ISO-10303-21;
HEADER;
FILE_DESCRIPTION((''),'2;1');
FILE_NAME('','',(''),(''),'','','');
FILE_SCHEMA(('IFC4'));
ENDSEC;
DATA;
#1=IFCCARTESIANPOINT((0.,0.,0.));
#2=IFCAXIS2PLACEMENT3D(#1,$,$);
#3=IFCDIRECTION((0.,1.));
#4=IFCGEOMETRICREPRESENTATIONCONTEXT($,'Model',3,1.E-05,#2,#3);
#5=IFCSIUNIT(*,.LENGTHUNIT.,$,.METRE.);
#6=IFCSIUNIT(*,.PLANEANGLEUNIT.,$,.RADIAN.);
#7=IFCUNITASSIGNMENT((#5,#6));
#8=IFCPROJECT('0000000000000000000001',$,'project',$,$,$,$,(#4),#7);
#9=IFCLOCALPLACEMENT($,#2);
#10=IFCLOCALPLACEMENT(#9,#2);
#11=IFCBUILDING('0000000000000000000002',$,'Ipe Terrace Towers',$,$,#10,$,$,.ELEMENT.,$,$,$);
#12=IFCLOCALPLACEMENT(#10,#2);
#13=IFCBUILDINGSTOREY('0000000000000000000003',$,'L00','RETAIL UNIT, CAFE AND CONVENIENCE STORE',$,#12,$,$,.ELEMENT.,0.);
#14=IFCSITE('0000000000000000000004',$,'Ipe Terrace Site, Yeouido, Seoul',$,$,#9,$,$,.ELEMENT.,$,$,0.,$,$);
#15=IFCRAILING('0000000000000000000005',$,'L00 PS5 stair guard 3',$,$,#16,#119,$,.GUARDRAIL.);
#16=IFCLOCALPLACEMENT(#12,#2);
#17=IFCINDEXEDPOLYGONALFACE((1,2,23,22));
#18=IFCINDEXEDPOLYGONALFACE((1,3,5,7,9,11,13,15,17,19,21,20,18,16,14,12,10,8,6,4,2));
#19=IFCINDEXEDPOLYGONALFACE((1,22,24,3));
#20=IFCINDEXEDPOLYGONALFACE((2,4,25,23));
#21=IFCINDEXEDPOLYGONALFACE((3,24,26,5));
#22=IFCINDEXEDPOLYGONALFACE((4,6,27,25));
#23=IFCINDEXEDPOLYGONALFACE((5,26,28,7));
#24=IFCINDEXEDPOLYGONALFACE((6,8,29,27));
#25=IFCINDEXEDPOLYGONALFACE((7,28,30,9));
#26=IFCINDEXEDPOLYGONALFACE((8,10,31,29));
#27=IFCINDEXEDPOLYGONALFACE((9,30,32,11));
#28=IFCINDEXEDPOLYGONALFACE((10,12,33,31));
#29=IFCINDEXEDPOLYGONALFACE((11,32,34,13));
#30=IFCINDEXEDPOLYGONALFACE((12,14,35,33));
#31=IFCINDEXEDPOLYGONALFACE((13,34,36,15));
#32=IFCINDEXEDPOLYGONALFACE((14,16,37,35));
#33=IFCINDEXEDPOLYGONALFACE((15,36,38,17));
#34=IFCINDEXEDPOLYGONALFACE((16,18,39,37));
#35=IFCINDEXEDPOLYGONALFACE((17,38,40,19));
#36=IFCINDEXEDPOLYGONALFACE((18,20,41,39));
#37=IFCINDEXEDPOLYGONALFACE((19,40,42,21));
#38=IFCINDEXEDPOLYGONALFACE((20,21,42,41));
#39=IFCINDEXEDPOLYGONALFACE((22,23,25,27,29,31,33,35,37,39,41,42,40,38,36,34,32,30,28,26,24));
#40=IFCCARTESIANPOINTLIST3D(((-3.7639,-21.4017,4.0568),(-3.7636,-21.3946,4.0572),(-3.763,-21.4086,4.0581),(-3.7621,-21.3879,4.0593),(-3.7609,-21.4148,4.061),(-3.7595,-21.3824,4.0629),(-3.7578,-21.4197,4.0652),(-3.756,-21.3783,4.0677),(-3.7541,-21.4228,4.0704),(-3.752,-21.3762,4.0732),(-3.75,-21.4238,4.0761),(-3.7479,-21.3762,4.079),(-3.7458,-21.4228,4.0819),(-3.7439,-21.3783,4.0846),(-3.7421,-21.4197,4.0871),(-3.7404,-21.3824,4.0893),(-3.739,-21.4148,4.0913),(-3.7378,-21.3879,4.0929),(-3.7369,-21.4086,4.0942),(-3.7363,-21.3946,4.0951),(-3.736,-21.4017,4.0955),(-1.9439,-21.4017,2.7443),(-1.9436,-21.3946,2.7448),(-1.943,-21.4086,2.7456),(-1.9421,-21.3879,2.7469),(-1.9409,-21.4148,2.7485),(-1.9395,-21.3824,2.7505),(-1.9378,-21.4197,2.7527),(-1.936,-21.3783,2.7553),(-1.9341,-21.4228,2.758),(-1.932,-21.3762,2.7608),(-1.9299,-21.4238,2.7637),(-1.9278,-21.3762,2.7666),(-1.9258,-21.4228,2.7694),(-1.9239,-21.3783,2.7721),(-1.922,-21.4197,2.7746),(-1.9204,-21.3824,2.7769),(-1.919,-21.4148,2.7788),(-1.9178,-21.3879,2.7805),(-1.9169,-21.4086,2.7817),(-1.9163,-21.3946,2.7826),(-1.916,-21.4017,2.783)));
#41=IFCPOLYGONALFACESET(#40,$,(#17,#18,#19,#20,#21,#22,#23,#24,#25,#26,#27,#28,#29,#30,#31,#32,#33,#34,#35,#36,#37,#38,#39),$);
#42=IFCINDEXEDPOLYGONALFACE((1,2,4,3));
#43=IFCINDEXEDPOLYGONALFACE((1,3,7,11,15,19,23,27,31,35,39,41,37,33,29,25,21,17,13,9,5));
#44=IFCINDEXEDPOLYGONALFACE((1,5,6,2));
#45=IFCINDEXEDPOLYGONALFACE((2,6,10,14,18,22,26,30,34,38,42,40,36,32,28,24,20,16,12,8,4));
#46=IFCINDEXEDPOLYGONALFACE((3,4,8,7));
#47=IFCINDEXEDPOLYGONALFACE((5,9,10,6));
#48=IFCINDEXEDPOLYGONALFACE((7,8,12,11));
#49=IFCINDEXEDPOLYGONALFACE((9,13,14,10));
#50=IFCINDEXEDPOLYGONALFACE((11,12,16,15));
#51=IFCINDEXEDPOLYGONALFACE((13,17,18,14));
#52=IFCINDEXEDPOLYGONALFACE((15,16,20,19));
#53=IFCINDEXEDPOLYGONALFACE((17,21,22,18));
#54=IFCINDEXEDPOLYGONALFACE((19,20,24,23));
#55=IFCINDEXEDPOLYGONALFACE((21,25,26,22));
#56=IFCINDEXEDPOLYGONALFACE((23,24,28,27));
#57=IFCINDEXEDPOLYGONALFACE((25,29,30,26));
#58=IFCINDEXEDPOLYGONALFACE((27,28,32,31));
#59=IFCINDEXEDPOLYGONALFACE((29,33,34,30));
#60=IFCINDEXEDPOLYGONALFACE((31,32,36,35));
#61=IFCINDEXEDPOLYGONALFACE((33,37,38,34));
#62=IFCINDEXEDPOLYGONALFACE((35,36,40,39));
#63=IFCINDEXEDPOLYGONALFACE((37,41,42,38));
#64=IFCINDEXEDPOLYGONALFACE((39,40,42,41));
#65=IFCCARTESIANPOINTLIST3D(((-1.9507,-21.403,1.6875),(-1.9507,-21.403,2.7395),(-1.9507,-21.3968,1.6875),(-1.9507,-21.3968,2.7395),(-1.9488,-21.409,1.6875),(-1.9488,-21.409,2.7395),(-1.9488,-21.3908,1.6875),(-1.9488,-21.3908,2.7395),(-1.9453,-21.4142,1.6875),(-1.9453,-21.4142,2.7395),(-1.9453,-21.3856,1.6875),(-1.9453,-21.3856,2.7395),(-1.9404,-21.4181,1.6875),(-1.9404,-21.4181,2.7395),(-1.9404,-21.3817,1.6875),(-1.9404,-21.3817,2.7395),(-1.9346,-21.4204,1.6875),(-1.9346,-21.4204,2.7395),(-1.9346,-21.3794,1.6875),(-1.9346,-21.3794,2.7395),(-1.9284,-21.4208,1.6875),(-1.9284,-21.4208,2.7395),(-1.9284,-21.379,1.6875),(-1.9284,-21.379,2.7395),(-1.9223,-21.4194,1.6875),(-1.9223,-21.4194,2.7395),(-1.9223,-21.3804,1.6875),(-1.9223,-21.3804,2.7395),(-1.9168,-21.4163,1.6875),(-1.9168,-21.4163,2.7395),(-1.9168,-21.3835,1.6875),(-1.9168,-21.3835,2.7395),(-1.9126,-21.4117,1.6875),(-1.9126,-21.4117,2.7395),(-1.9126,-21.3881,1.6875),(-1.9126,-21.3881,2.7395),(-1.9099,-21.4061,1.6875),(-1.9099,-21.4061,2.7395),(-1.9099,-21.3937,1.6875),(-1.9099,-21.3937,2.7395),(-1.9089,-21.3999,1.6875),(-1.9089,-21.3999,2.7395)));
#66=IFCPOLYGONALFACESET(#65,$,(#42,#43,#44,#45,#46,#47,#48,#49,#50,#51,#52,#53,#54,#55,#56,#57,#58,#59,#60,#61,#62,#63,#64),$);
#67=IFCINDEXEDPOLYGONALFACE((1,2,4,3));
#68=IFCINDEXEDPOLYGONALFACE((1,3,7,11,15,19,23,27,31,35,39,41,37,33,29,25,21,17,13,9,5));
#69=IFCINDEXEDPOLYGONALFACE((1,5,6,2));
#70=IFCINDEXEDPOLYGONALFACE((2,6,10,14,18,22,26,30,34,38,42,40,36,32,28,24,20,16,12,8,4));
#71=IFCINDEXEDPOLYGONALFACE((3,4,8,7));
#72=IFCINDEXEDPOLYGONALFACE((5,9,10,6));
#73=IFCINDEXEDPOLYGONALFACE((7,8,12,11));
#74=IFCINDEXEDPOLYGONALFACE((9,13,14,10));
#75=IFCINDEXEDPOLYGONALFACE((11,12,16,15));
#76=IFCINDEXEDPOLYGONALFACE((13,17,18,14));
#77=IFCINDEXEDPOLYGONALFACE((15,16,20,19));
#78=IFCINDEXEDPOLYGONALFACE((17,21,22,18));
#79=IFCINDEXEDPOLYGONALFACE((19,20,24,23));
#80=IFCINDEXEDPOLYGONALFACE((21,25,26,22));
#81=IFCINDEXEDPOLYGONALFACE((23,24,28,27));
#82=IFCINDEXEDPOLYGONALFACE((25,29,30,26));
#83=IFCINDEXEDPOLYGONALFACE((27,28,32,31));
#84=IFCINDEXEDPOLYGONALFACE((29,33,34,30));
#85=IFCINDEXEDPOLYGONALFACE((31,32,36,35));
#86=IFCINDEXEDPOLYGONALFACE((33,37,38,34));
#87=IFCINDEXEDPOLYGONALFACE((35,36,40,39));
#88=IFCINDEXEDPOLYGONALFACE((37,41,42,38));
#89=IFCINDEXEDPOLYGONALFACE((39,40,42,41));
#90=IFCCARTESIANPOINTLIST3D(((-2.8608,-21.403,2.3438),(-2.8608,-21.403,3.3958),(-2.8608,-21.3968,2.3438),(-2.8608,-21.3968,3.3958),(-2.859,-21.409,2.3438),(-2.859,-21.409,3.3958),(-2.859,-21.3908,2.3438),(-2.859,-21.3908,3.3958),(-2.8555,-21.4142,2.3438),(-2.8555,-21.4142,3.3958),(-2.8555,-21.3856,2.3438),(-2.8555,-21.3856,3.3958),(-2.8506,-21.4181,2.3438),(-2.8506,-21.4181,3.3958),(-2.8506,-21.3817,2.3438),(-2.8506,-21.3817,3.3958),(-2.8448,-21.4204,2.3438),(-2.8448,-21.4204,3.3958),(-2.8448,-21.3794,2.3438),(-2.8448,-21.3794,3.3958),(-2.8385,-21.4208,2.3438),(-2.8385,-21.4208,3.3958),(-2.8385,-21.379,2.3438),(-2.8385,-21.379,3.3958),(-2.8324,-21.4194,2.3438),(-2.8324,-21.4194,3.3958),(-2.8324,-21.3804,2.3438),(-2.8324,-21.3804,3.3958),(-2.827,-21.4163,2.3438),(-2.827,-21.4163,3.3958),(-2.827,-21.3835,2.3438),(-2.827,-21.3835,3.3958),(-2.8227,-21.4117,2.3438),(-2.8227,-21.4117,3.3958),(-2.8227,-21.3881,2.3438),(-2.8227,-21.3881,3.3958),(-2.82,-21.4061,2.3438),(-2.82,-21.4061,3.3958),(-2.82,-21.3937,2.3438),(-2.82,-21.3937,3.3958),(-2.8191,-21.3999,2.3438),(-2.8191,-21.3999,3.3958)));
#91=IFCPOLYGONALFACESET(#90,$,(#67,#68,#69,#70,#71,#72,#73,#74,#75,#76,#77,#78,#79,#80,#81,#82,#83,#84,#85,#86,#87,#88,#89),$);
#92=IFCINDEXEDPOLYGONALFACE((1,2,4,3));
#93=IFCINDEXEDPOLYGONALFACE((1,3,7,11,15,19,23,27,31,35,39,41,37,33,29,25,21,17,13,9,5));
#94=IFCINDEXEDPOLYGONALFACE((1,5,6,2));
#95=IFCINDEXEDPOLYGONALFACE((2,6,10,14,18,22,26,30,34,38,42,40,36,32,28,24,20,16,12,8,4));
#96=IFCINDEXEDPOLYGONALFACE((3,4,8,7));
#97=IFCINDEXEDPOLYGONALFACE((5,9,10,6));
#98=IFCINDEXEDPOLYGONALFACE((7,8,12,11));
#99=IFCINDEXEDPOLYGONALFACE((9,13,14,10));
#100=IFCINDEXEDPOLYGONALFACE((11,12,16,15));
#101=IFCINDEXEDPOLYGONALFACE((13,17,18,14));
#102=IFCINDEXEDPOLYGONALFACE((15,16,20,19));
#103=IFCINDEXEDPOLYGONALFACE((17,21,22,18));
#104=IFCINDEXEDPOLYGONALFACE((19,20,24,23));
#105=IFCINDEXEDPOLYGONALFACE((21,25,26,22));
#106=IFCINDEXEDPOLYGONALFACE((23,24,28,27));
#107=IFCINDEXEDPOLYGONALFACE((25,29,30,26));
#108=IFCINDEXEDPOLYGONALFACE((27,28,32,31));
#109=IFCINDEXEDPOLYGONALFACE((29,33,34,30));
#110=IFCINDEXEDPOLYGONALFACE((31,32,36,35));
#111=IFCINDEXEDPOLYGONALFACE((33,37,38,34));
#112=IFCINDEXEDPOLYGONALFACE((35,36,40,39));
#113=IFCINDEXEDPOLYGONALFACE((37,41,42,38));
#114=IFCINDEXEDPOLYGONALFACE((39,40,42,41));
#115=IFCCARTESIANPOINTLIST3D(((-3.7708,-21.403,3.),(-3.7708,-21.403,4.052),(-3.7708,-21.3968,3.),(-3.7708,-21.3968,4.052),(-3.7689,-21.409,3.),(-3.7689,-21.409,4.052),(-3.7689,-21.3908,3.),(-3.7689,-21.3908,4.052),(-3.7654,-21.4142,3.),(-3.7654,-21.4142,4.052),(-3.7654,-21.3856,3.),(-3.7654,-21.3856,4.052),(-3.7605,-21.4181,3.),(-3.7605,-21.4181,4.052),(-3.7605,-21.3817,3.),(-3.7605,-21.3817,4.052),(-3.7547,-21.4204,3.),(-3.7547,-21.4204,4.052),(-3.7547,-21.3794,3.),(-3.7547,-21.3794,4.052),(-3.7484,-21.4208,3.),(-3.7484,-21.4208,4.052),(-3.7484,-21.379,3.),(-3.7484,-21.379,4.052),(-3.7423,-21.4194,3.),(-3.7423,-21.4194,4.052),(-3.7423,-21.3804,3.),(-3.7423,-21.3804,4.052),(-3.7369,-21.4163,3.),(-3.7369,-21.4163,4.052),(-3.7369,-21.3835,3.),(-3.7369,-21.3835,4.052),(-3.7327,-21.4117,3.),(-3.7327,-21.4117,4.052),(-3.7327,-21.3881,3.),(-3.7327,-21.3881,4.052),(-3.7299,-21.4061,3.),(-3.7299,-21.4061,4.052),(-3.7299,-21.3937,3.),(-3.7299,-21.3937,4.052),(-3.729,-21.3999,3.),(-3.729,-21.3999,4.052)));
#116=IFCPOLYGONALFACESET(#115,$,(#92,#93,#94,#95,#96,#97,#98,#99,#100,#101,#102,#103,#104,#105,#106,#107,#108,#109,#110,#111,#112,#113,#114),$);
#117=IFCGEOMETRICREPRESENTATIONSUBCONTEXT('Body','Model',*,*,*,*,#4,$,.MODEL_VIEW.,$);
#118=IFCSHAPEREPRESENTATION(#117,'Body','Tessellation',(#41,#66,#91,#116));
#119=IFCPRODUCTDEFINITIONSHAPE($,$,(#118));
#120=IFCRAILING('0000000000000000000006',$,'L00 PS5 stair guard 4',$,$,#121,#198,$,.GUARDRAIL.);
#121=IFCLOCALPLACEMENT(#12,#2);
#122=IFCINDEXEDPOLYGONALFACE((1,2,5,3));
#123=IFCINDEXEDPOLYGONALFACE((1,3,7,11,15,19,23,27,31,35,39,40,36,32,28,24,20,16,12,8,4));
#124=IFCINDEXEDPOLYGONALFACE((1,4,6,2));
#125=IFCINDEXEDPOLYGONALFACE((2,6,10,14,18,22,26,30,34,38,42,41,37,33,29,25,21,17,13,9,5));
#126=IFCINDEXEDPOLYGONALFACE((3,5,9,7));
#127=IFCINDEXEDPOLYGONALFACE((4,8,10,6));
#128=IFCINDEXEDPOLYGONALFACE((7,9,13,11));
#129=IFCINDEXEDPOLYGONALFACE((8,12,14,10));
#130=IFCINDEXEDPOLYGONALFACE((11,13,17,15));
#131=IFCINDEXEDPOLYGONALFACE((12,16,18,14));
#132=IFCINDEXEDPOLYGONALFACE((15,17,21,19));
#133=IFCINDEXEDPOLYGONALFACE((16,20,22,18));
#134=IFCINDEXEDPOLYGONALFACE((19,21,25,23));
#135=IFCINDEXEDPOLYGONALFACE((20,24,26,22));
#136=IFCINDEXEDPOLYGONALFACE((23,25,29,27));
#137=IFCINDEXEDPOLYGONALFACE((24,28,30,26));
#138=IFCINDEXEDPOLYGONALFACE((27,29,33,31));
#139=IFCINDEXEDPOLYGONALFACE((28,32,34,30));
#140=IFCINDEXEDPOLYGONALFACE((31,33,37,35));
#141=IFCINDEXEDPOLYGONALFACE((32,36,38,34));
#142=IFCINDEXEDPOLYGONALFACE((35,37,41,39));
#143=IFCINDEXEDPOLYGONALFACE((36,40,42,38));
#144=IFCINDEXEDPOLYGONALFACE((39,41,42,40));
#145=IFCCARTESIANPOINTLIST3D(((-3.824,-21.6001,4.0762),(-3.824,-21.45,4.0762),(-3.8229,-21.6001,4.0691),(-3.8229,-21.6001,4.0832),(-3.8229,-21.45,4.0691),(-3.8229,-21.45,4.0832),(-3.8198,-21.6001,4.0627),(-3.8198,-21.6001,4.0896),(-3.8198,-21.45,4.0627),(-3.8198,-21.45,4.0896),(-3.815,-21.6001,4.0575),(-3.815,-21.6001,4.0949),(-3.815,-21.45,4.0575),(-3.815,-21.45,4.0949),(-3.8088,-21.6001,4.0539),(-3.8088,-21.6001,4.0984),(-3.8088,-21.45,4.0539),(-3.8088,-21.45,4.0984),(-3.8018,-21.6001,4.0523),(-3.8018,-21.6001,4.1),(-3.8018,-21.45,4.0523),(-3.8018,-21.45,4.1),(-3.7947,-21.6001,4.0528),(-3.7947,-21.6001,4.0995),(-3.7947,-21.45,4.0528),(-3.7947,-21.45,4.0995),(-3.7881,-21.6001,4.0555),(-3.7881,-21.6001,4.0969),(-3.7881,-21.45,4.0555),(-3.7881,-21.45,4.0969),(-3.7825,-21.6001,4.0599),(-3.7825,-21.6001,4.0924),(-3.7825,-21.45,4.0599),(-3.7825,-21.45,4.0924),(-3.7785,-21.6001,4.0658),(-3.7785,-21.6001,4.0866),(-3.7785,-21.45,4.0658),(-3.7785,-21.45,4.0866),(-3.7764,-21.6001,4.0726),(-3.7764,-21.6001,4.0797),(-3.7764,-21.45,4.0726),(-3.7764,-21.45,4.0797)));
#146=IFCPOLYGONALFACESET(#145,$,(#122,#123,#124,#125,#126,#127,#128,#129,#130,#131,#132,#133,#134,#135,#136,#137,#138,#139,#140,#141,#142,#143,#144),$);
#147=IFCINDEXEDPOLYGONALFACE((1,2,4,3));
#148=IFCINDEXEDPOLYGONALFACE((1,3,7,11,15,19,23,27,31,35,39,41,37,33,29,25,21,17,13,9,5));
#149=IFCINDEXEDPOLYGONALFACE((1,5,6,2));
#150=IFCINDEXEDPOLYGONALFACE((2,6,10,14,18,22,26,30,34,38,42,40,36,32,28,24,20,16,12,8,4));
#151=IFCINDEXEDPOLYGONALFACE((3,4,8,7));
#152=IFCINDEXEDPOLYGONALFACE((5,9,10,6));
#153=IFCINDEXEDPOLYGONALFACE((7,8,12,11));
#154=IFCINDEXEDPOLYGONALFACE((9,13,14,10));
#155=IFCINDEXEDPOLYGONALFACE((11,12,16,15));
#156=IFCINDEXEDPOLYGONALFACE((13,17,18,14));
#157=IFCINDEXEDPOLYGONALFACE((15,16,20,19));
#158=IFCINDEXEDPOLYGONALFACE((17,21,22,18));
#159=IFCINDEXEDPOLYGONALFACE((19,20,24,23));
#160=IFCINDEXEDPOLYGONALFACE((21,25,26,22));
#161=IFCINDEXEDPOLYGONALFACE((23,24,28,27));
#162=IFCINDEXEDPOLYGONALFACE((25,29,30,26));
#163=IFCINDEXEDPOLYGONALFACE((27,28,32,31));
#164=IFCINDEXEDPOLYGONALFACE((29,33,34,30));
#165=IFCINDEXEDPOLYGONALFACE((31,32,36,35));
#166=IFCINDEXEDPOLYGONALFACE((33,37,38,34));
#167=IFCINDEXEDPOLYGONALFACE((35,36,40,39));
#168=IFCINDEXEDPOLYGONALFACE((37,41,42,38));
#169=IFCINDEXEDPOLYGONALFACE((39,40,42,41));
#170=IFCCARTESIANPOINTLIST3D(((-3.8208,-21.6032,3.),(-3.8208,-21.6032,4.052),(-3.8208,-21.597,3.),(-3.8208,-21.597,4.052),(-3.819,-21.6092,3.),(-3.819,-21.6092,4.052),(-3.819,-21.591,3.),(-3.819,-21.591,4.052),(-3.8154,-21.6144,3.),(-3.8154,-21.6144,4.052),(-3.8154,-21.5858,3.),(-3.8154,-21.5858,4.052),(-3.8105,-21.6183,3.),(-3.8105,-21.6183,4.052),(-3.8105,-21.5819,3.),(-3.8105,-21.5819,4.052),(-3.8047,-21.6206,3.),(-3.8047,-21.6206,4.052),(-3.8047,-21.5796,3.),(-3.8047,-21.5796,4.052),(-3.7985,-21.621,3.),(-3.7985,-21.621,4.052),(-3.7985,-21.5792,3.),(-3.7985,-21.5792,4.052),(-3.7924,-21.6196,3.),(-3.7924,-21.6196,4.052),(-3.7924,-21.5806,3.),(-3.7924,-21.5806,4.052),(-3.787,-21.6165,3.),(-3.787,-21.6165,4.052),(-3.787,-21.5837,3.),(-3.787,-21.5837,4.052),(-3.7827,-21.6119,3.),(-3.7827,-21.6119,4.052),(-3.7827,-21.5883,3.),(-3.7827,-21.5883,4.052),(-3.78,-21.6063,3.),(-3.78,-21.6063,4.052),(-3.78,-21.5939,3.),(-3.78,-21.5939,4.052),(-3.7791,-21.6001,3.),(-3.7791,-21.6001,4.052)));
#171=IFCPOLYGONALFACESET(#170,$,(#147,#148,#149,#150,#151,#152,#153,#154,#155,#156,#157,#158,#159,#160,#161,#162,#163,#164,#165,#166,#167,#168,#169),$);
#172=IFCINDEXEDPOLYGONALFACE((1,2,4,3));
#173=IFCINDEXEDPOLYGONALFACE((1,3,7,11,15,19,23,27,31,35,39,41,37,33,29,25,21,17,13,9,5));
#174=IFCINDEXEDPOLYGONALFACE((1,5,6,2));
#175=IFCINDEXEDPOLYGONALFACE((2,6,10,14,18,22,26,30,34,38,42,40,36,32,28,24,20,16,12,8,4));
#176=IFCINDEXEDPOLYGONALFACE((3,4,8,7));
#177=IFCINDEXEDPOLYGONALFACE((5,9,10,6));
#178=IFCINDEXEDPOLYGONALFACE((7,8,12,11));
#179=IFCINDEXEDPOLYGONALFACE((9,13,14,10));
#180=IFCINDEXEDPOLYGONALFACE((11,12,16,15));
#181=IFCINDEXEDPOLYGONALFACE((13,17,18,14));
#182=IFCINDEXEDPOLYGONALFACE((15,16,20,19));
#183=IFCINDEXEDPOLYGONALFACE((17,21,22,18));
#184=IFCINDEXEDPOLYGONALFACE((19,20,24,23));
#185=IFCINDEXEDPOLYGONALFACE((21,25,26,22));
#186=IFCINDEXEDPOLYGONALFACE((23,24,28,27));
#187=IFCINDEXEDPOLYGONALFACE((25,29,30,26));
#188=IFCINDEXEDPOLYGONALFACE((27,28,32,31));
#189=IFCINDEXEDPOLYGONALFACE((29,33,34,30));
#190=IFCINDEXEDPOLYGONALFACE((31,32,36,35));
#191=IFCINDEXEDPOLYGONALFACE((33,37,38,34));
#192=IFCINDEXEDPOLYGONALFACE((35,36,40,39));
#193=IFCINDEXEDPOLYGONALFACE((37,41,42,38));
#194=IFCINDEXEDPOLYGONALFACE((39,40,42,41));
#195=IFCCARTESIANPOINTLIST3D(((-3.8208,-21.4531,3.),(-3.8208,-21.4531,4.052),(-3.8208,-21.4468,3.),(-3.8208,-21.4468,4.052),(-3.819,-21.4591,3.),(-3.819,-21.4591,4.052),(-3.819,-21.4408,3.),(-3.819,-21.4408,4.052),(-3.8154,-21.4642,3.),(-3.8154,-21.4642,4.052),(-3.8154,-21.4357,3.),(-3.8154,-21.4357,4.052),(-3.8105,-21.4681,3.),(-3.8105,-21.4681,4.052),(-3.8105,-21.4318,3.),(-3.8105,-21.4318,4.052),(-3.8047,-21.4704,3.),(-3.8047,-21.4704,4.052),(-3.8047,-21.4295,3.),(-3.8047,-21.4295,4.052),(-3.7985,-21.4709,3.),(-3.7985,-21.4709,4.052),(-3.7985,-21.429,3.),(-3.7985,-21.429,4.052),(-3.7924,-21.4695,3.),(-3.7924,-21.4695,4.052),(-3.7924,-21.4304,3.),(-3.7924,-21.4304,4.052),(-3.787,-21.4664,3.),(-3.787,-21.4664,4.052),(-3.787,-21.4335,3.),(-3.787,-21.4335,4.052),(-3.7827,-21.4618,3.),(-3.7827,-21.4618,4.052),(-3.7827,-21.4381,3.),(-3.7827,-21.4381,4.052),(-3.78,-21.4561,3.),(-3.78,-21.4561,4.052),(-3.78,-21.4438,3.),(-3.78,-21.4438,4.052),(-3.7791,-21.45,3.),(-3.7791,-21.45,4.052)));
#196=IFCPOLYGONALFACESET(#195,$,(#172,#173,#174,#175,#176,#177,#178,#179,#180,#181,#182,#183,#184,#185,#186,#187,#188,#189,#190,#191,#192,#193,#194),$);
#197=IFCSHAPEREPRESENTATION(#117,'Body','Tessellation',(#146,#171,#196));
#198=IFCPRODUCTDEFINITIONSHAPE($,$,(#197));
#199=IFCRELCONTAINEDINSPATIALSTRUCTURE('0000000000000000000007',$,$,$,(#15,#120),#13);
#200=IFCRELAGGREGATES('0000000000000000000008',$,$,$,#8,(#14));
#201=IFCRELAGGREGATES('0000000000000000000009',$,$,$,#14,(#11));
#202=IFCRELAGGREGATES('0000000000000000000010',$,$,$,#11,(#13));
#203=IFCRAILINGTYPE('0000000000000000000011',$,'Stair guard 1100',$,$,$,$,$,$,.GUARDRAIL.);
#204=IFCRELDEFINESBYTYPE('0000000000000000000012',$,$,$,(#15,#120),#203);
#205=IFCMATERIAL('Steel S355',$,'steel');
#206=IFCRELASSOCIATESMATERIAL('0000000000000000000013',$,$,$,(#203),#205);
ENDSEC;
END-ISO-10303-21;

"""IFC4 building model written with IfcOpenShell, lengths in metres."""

from ifc_helpers import new_model, si_unit, direction, frame, origin, origin_2d, place, context, subcontext, project, spatial, circle, extrude, material, type_object, element, save


model = new_model("IFC4")

# Units and contexts
model_context = context("Model", 3, precision=1e-05, world=origin(), true_north=direction((0.0, 1.0)))
body_context = subcontext(model_context, "Body", "Model", "MODEL_VIEW")
ifc_project = project(units=[si_unit("LENGTHUNIT", "METRE"), si_unit("PLANEANGLEUNIT", "RADIAN")], contexts=[model_context])

# Site, building, storey
site_placement = place(None, origin())
site = spatial("IfcSite", under=ifc_project, at=site_placement, Name="Ipe Terrace Site, Yeouido, Seoul", CompositionType="ELEMENT", RefElevation=0.0)
building_placement = place(site_placement, origin())
building = spatial("IfcBuilding", under=site, at=building_placement, Name="Ipe Terrace Towers", CompositionType="ELEMENT")
storey_placement = place(building_placement, origin())
storey = spatial("IfcBuildingStorey", under=building, at=storey_placement, Name="L00", Description="RETAIL UNIT, CAFE AND CONVENIENCE STORE", CompositionType="ELEMENT", Elevation=0.0)

# Railings
ifc_material_1 = material(Name="Steel S355", Category="steel")
railing_type_1 = type_object("IfcRailingType", Name="Stair guard 1100", PredefinedType="GUARDRAIL", material=ifc_material_1)
railing_1_placement = place(storey_placement, frame((-1.9299, -21.3999, 1.6875)))
element("IfcRailing", 1, at=railing_1_placement, inside=storey, type_object=railing_type_1, Name="L00 PS5 stair guard 3", PredefinedType="GUARDRAIL", context=body_context, shape_type="SweptSolid", body=[
    extrude(circle(Radius=0.0239, at=origin_2d()), frame((0.0, 0.0, 1.0762), z_axis=(-0.811101, 0.0, 0.584906), x_axis=(0.0, -1.0, 0.0)), (0.0, 0.0, 1.0), 2.2439),
    extrude(circle(Radius=0.021, at=origin_2d()), origin(), (0.0, 0.0, 1.0), 1.052),
    extrude(circle(Radius=0.021, at=origin_2d()), frame((-0.9102, 0.0, 0.6562)), (0.0, 0.0, 1.0), 1.052),
    extrude(circle(Radius=0.021, at=origin_2d()), frame((-1.8201, 0.0, 1.3125)), (0.0, 0.0, 1.0), 1.052),
])
railing_2_placement = place(storey_placement, frame((-3.8, -21.6001, 3.0)))
element("IfcRailing", 2, at=railing_2_placement, inside=storey, type_object=railing_type_1, Name="L00 PS5 stair guard 4", PredefinedType="GUARDRAIL", context=body_context, shape_type="SweptSolid", body=[
    extrude(circle(Radius=0.0239, at=origin_2d()), frame((0.0, 0.0, 1.0762), z_axis=(0.0, 1.0, 0.0), x_axis=(-1.0, 0.0, 0.0)), (0.0, 0.0, 1.0), 0.1501),
    extrude(circle(Radius=0.021, at=origin_2d()), origin(), (0.0, 0.0, 1.0), 1.052),
    extrude(circle(Radius=0.021, at=origin_2d()), frame((0.0, 0.1501, 0.0)), (0.0, 0.0, 1.0), 1.052),
])

save(model, "model.ifc")
